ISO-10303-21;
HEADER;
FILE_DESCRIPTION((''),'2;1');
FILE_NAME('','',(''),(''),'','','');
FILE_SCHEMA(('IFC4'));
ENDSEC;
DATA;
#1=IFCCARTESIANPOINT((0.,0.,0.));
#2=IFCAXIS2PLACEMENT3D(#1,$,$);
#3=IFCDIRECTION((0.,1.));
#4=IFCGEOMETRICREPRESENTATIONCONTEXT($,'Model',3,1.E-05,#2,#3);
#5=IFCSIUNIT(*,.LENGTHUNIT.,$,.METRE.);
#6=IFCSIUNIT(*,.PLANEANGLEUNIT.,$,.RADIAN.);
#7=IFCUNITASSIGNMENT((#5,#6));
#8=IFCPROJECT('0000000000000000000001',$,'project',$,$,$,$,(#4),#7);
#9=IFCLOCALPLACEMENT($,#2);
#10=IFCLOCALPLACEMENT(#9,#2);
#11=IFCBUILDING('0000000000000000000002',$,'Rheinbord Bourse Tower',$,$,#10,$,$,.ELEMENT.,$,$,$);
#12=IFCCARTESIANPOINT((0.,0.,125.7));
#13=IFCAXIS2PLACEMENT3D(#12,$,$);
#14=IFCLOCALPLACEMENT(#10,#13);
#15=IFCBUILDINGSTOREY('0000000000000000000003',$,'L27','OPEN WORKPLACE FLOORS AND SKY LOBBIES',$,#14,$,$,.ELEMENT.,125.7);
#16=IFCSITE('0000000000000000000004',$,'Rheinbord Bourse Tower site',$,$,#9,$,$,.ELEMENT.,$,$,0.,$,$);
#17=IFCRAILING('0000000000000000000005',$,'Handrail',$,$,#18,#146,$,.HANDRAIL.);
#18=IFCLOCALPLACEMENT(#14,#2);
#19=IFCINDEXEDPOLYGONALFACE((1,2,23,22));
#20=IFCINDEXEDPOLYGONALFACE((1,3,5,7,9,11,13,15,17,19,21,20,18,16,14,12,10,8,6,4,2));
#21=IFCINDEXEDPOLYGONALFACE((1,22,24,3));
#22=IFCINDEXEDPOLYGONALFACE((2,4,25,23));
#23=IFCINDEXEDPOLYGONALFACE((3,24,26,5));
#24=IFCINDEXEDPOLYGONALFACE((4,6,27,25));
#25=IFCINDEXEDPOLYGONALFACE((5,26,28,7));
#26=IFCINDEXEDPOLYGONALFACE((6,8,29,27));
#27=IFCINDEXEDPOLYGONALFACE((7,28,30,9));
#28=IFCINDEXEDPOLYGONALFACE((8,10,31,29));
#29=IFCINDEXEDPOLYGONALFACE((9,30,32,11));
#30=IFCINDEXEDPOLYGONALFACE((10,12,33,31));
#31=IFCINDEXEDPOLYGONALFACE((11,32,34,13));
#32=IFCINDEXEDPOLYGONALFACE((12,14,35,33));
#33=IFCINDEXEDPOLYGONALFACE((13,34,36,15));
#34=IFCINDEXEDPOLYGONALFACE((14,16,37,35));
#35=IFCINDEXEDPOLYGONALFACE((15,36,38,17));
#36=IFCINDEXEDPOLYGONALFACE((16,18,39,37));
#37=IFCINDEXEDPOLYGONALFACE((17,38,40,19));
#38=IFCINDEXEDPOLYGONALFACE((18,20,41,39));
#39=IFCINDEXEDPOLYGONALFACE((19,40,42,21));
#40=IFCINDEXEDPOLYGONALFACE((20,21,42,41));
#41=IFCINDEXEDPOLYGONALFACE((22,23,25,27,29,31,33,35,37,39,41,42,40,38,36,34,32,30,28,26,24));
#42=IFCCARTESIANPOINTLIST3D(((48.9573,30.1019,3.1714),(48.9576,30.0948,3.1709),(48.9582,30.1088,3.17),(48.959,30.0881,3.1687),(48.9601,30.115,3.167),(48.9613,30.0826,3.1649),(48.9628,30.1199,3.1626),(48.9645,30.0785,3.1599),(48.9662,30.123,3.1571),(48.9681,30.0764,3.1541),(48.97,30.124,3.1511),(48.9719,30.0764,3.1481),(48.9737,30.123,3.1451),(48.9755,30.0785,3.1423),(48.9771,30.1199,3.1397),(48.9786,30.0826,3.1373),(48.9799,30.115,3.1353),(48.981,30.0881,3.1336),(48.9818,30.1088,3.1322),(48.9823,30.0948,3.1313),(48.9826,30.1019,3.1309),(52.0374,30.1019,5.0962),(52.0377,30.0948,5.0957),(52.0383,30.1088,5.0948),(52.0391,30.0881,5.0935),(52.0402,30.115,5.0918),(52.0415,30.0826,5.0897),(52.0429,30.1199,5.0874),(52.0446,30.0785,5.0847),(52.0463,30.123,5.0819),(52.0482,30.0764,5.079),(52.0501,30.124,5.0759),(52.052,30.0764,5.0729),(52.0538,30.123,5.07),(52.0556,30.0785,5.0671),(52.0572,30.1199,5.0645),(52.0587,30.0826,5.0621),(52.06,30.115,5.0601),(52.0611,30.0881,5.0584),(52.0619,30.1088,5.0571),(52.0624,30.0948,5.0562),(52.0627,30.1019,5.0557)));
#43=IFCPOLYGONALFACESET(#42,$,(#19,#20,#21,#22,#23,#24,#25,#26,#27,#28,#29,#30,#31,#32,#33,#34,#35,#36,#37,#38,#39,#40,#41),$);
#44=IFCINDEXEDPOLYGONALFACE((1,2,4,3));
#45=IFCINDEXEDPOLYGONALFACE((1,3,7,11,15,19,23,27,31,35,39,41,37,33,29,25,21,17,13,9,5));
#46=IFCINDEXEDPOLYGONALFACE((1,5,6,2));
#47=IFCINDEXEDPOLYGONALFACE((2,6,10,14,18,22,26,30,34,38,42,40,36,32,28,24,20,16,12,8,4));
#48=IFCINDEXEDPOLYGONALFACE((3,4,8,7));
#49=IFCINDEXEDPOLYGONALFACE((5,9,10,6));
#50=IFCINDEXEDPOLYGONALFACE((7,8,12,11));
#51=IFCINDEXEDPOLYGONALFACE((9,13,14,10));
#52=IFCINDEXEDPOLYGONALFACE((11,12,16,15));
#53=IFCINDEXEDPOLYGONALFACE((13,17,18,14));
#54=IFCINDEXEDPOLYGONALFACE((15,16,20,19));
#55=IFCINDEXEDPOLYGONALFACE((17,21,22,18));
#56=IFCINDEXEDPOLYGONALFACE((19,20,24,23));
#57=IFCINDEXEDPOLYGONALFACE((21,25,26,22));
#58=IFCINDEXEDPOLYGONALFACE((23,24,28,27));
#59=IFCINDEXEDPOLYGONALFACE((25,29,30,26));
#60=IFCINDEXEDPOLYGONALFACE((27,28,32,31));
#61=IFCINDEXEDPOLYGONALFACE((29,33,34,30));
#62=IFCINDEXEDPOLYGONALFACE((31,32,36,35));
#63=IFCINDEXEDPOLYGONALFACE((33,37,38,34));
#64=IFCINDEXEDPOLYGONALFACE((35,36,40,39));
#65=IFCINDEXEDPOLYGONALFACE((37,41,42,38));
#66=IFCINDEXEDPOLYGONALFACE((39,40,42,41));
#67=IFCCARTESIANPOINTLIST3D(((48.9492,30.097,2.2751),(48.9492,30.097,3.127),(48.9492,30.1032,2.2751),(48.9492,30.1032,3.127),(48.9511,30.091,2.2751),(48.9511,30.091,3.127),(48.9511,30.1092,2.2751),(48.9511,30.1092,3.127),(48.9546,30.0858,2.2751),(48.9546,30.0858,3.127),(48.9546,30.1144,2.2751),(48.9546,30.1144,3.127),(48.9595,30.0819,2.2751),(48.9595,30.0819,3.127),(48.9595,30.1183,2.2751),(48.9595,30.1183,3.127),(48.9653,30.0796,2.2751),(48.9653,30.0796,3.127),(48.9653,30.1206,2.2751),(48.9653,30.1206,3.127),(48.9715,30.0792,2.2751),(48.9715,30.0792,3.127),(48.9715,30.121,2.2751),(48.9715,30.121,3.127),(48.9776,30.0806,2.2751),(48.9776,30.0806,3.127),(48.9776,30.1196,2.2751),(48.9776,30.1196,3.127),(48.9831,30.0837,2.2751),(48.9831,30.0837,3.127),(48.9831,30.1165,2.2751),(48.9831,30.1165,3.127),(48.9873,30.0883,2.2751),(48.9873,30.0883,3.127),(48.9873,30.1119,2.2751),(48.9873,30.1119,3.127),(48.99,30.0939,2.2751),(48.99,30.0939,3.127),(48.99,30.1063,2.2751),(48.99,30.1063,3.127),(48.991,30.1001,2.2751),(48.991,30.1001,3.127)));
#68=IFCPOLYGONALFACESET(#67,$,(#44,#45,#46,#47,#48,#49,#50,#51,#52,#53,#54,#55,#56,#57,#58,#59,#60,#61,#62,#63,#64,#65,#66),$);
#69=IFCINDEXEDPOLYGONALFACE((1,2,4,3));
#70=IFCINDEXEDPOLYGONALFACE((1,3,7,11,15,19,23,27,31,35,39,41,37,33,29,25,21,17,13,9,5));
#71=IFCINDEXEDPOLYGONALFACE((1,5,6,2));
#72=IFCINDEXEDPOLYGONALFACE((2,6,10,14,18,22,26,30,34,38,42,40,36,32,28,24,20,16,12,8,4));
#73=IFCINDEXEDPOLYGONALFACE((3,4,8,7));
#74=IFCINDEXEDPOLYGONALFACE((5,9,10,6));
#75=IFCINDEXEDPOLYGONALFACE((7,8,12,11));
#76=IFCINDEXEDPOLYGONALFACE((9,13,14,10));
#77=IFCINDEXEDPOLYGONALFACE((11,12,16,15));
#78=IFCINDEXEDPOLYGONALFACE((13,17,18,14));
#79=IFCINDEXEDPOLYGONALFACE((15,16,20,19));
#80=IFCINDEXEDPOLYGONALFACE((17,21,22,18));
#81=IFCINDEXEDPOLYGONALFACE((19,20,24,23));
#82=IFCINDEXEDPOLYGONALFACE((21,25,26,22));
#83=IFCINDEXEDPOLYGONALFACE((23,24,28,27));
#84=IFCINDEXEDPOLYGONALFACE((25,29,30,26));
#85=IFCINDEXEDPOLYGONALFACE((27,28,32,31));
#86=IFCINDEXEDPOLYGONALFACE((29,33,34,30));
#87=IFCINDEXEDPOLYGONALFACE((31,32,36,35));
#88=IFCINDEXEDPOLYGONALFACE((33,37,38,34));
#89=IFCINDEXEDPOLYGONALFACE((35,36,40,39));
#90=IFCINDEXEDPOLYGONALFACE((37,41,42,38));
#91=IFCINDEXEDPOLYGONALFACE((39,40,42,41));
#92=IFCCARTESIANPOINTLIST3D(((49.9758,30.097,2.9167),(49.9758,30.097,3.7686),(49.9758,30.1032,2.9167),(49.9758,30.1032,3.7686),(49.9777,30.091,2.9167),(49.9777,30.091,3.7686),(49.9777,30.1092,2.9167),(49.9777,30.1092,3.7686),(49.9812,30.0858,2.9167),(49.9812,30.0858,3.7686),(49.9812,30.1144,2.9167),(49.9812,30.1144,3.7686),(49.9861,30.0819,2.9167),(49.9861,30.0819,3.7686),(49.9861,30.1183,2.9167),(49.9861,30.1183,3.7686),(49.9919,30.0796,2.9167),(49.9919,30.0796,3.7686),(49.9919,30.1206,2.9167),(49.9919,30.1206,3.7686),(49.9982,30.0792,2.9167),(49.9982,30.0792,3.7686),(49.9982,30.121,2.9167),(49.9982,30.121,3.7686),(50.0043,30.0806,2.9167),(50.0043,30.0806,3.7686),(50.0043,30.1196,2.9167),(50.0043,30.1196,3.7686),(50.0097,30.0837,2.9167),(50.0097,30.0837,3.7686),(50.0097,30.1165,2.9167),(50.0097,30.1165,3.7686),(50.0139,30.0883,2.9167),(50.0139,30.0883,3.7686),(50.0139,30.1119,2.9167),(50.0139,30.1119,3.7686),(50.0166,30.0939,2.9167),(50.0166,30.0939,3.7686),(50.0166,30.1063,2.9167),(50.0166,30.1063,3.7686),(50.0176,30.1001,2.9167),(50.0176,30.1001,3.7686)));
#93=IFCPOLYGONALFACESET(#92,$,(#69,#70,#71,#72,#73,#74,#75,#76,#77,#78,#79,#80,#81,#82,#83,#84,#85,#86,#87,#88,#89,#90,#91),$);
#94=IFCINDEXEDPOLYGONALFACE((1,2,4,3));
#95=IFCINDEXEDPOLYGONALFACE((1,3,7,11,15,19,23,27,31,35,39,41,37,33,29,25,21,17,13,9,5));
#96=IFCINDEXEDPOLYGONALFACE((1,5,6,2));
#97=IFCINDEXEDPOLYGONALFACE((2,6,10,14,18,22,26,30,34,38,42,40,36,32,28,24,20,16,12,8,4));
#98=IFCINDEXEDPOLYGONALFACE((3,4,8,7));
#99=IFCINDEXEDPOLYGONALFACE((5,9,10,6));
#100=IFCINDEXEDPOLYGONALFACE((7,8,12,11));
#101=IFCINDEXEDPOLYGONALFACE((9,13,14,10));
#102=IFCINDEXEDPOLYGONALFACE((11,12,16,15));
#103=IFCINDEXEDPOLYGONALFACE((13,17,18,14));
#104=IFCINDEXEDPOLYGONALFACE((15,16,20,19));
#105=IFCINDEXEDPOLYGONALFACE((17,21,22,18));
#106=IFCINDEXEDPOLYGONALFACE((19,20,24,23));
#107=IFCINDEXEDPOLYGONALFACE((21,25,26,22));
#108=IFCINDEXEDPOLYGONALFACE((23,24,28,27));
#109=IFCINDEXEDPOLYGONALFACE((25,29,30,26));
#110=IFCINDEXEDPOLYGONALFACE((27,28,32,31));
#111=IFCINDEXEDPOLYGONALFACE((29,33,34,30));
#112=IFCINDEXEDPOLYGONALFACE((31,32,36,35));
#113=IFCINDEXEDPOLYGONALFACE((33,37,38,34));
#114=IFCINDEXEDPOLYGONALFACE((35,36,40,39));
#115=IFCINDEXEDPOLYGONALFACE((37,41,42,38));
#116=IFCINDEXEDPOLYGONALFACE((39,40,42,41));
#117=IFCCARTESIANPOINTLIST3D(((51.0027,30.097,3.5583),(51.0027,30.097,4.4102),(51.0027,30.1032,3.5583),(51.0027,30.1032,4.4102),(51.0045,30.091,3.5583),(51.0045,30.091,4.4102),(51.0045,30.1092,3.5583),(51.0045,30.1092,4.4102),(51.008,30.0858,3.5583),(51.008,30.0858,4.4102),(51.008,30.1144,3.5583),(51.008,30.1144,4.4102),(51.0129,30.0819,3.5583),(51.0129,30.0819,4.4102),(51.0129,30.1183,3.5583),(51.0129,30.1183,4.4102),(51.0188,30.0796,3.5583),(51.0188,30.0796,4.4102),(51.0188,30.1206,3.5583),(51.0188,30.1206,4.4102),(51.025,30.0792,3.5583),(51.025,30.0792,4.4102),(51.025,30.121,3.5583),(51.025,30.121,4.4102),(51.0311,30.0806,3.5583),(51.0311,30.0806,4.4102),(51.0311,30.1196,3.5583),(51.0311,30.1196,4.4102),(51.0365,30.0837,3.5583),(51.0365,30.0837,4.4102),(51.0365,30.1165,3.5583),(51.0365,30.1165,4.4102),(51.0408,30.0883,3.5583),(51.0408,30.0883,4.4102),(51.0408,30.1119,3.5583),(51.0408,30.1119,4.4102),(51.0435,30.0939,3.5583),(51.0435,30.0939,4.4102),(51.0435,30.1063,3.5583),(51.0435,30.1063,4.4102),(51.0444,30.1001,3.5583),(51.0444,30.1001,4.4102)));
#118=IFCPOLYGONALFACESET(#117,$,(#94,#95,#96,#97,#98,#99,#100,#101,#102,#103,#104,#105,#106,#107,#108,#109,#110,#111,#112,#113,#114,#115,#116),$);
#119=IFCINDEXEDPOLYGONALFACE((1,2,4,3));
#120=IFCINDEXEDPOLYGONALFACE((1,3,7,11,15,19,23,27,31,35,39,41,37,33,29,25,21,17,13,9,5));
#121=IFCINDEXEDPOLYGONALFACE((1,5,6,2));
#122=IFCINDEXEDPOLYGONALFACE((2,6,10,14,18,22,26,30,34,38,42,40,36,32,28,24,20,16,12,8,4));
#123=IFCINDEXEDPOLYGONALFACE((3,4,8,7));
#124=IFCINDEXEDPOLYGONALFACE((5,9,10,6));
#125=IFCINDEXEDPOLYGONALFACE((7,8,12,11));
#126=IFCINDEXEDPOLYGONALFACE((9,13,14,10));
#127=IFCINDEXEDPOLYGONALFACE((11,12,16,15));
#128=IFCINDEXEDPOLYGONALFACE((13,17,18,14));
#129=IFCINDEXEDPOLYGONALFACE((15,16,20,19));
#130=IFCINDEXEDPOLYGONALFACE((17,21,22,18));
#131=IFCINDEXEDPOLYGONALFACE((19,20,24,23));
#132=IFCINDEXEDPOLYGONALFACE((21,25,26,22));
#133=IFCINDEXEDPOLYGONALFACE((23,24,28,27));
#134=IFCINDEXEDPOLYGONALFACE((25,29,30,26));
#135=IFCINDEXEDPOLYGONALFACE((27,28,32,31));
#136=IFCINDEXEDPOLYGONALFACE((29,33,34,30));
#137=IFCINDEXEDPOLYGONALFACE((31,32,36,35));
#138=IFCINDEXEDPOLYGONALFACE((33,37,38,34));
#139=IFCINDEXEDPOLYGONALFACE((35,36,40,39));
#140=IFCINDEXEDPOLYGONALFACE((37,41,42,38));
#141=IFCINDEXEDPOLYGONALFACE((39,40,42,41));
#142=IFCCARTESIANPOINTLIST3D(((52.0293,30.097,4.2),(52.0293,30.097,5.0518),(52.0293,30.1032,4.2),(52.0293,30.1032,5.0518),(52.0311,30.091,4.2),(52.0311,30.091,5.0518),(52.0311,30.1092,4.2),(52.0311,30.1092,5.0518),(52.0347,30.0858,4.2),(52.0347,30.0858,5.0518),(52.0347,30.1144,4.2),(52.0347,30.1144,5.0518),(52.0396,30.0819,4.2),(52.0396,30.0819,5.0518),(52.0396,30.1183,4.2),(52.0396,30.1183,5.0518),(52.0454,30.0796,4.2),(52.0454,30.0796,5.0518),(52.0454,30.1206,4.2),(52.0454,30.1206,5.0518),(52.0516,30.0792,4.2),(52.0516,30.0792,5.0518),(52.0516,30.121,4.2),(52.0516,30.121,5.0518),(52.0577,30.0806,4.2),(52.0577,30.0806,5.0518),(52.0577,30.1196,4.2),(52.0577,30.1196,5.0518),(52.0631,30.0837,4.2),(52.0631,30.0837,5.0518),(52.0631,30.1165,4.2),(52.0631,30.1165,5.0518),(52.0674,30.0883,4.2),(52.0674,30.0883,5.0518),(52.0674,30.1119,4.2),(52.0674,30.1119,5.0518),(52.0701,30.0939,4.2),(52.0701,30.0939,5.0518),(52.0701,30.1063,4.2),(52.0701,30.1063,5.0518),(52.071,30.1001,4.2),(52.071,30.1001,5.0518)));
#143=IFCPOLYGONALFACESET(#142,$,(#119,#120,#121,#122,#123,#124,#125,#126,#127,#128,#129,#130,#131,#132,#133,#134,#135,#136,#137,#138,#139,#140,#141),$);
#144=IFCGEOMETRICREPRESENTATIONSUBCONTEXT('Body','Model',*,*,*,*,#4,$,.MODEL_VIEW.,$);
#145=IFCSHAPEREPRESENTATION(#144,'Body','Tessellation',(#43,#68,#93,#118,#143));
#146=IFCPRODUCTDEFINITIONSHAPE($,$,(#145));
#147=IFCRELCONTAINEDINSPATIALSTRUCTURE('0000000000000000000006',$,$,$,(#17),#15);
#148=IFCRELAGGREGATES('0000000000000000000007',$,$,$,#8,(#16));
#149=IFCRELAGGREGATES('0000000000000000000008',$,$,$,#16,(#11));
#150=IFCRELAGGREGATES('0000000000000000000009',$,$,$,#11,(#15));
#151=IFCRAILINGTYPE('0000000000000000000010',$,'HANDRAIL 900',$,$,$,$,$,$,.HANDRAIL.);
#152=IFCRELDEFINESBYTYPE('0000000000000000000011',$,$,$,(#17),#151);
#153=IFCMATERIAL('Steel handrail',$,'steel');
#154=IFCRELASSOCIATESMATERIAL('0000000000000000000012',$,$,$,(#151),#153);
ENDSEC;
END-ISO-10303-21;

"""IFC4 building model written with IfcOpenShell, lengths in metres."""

from ifc_helpers import new_model, si_unit, direction, frame, origin, origin_2d, place, context, subcontext, project, spatial, circle, extrude, material, type_object, element, save


model = new_model("IFC4")

# Units and contexts
model_context = context("Model", 3, precision=1e-05, world=origin(), true_north=direction((0.0, 1.0)))
body_context = subcontext(model_context, "Body", "Model", "MODEL_VIEW")
ifc_project = project(units=[si_unit("LENGTHUNIT", "METRE"), si_unit("PLANEANGLEUNIT", "RADIAN")], contexts=[model_context])

# Site, building, storey
site_placement = place(None, origin())
site = spatial("IfcSite", under=ifc_project, at=site_placement, Name="Rheinbord Bourse Tower site", CompositionType="ELEMENT", RefElevation=0.0)
building_placement = place(site_placement, origin())
building = spatial("IfcBuilding", under=site, at=building_placement, Name="Rheinbord Bourse Tower", CompositionType="ELEMENT")
storey_placement = place(building_placement, frame((0.0, 0.0, 125.7)))
storey = spatial("IfcBuildingStorey", under=building, at=storey_placement, Name="L27", Description="OPEN WORKPLACE FLOORS AND SKY LOBBIES", CompositionType="ELEMENT", Elevation=125.7)

# Railing
ifc_material_1 = material(Name="Steel handrail", Category="steel")
railing_type = type_object("IfcRailingType", Name="HANDRAIL 900", PredefinedType="HANDRAIL", material=ifc_material_1)
railing_1_placement = place(storey_placement, frame((48.97, 30.1001, 2.2751)))
element("IfcRailing", 1, at=railing_1_placement, inside=storey, type_object=railing_type, Name="Handrail", PredefinedType="HANDRAIL", context=body_context, shape_type="SweptSolid", body=[
    extrude(circle(Radius=0.0239, at=origin_2d()), frame((0.0, 0.0, 0.876), z_axis=(0.848029, 0.0, 0.529951), x_axis=(0.0, 1.0, 0.0)), (0.0, 0.0, 1.0), 3.6321),
    extrude(circle(Radius=0.021, at=origin_2d()), origin(), (0.0, 0.0, 1.0), 0.8518),
    extrude(circle(Radius=0.021, at=origin_2d()), frame((1.0266, 0.0, 0.6416)), (0.0, 0.0, 1.0), 0.8518),
    extrude(circle(Radius=0.021, at=origin_2d()), frame((2.0535, 0.0, 1.2832)), (0.0, 0.0, 1.0), 0.8518),
    extrude(circle(Radius=0.021, at=origin_2d()), frame((3.0801, 0.0, 1.9248)), (0.0, 0.0, 1.0), 0.8518),
])

save(model, "model.ifc")
